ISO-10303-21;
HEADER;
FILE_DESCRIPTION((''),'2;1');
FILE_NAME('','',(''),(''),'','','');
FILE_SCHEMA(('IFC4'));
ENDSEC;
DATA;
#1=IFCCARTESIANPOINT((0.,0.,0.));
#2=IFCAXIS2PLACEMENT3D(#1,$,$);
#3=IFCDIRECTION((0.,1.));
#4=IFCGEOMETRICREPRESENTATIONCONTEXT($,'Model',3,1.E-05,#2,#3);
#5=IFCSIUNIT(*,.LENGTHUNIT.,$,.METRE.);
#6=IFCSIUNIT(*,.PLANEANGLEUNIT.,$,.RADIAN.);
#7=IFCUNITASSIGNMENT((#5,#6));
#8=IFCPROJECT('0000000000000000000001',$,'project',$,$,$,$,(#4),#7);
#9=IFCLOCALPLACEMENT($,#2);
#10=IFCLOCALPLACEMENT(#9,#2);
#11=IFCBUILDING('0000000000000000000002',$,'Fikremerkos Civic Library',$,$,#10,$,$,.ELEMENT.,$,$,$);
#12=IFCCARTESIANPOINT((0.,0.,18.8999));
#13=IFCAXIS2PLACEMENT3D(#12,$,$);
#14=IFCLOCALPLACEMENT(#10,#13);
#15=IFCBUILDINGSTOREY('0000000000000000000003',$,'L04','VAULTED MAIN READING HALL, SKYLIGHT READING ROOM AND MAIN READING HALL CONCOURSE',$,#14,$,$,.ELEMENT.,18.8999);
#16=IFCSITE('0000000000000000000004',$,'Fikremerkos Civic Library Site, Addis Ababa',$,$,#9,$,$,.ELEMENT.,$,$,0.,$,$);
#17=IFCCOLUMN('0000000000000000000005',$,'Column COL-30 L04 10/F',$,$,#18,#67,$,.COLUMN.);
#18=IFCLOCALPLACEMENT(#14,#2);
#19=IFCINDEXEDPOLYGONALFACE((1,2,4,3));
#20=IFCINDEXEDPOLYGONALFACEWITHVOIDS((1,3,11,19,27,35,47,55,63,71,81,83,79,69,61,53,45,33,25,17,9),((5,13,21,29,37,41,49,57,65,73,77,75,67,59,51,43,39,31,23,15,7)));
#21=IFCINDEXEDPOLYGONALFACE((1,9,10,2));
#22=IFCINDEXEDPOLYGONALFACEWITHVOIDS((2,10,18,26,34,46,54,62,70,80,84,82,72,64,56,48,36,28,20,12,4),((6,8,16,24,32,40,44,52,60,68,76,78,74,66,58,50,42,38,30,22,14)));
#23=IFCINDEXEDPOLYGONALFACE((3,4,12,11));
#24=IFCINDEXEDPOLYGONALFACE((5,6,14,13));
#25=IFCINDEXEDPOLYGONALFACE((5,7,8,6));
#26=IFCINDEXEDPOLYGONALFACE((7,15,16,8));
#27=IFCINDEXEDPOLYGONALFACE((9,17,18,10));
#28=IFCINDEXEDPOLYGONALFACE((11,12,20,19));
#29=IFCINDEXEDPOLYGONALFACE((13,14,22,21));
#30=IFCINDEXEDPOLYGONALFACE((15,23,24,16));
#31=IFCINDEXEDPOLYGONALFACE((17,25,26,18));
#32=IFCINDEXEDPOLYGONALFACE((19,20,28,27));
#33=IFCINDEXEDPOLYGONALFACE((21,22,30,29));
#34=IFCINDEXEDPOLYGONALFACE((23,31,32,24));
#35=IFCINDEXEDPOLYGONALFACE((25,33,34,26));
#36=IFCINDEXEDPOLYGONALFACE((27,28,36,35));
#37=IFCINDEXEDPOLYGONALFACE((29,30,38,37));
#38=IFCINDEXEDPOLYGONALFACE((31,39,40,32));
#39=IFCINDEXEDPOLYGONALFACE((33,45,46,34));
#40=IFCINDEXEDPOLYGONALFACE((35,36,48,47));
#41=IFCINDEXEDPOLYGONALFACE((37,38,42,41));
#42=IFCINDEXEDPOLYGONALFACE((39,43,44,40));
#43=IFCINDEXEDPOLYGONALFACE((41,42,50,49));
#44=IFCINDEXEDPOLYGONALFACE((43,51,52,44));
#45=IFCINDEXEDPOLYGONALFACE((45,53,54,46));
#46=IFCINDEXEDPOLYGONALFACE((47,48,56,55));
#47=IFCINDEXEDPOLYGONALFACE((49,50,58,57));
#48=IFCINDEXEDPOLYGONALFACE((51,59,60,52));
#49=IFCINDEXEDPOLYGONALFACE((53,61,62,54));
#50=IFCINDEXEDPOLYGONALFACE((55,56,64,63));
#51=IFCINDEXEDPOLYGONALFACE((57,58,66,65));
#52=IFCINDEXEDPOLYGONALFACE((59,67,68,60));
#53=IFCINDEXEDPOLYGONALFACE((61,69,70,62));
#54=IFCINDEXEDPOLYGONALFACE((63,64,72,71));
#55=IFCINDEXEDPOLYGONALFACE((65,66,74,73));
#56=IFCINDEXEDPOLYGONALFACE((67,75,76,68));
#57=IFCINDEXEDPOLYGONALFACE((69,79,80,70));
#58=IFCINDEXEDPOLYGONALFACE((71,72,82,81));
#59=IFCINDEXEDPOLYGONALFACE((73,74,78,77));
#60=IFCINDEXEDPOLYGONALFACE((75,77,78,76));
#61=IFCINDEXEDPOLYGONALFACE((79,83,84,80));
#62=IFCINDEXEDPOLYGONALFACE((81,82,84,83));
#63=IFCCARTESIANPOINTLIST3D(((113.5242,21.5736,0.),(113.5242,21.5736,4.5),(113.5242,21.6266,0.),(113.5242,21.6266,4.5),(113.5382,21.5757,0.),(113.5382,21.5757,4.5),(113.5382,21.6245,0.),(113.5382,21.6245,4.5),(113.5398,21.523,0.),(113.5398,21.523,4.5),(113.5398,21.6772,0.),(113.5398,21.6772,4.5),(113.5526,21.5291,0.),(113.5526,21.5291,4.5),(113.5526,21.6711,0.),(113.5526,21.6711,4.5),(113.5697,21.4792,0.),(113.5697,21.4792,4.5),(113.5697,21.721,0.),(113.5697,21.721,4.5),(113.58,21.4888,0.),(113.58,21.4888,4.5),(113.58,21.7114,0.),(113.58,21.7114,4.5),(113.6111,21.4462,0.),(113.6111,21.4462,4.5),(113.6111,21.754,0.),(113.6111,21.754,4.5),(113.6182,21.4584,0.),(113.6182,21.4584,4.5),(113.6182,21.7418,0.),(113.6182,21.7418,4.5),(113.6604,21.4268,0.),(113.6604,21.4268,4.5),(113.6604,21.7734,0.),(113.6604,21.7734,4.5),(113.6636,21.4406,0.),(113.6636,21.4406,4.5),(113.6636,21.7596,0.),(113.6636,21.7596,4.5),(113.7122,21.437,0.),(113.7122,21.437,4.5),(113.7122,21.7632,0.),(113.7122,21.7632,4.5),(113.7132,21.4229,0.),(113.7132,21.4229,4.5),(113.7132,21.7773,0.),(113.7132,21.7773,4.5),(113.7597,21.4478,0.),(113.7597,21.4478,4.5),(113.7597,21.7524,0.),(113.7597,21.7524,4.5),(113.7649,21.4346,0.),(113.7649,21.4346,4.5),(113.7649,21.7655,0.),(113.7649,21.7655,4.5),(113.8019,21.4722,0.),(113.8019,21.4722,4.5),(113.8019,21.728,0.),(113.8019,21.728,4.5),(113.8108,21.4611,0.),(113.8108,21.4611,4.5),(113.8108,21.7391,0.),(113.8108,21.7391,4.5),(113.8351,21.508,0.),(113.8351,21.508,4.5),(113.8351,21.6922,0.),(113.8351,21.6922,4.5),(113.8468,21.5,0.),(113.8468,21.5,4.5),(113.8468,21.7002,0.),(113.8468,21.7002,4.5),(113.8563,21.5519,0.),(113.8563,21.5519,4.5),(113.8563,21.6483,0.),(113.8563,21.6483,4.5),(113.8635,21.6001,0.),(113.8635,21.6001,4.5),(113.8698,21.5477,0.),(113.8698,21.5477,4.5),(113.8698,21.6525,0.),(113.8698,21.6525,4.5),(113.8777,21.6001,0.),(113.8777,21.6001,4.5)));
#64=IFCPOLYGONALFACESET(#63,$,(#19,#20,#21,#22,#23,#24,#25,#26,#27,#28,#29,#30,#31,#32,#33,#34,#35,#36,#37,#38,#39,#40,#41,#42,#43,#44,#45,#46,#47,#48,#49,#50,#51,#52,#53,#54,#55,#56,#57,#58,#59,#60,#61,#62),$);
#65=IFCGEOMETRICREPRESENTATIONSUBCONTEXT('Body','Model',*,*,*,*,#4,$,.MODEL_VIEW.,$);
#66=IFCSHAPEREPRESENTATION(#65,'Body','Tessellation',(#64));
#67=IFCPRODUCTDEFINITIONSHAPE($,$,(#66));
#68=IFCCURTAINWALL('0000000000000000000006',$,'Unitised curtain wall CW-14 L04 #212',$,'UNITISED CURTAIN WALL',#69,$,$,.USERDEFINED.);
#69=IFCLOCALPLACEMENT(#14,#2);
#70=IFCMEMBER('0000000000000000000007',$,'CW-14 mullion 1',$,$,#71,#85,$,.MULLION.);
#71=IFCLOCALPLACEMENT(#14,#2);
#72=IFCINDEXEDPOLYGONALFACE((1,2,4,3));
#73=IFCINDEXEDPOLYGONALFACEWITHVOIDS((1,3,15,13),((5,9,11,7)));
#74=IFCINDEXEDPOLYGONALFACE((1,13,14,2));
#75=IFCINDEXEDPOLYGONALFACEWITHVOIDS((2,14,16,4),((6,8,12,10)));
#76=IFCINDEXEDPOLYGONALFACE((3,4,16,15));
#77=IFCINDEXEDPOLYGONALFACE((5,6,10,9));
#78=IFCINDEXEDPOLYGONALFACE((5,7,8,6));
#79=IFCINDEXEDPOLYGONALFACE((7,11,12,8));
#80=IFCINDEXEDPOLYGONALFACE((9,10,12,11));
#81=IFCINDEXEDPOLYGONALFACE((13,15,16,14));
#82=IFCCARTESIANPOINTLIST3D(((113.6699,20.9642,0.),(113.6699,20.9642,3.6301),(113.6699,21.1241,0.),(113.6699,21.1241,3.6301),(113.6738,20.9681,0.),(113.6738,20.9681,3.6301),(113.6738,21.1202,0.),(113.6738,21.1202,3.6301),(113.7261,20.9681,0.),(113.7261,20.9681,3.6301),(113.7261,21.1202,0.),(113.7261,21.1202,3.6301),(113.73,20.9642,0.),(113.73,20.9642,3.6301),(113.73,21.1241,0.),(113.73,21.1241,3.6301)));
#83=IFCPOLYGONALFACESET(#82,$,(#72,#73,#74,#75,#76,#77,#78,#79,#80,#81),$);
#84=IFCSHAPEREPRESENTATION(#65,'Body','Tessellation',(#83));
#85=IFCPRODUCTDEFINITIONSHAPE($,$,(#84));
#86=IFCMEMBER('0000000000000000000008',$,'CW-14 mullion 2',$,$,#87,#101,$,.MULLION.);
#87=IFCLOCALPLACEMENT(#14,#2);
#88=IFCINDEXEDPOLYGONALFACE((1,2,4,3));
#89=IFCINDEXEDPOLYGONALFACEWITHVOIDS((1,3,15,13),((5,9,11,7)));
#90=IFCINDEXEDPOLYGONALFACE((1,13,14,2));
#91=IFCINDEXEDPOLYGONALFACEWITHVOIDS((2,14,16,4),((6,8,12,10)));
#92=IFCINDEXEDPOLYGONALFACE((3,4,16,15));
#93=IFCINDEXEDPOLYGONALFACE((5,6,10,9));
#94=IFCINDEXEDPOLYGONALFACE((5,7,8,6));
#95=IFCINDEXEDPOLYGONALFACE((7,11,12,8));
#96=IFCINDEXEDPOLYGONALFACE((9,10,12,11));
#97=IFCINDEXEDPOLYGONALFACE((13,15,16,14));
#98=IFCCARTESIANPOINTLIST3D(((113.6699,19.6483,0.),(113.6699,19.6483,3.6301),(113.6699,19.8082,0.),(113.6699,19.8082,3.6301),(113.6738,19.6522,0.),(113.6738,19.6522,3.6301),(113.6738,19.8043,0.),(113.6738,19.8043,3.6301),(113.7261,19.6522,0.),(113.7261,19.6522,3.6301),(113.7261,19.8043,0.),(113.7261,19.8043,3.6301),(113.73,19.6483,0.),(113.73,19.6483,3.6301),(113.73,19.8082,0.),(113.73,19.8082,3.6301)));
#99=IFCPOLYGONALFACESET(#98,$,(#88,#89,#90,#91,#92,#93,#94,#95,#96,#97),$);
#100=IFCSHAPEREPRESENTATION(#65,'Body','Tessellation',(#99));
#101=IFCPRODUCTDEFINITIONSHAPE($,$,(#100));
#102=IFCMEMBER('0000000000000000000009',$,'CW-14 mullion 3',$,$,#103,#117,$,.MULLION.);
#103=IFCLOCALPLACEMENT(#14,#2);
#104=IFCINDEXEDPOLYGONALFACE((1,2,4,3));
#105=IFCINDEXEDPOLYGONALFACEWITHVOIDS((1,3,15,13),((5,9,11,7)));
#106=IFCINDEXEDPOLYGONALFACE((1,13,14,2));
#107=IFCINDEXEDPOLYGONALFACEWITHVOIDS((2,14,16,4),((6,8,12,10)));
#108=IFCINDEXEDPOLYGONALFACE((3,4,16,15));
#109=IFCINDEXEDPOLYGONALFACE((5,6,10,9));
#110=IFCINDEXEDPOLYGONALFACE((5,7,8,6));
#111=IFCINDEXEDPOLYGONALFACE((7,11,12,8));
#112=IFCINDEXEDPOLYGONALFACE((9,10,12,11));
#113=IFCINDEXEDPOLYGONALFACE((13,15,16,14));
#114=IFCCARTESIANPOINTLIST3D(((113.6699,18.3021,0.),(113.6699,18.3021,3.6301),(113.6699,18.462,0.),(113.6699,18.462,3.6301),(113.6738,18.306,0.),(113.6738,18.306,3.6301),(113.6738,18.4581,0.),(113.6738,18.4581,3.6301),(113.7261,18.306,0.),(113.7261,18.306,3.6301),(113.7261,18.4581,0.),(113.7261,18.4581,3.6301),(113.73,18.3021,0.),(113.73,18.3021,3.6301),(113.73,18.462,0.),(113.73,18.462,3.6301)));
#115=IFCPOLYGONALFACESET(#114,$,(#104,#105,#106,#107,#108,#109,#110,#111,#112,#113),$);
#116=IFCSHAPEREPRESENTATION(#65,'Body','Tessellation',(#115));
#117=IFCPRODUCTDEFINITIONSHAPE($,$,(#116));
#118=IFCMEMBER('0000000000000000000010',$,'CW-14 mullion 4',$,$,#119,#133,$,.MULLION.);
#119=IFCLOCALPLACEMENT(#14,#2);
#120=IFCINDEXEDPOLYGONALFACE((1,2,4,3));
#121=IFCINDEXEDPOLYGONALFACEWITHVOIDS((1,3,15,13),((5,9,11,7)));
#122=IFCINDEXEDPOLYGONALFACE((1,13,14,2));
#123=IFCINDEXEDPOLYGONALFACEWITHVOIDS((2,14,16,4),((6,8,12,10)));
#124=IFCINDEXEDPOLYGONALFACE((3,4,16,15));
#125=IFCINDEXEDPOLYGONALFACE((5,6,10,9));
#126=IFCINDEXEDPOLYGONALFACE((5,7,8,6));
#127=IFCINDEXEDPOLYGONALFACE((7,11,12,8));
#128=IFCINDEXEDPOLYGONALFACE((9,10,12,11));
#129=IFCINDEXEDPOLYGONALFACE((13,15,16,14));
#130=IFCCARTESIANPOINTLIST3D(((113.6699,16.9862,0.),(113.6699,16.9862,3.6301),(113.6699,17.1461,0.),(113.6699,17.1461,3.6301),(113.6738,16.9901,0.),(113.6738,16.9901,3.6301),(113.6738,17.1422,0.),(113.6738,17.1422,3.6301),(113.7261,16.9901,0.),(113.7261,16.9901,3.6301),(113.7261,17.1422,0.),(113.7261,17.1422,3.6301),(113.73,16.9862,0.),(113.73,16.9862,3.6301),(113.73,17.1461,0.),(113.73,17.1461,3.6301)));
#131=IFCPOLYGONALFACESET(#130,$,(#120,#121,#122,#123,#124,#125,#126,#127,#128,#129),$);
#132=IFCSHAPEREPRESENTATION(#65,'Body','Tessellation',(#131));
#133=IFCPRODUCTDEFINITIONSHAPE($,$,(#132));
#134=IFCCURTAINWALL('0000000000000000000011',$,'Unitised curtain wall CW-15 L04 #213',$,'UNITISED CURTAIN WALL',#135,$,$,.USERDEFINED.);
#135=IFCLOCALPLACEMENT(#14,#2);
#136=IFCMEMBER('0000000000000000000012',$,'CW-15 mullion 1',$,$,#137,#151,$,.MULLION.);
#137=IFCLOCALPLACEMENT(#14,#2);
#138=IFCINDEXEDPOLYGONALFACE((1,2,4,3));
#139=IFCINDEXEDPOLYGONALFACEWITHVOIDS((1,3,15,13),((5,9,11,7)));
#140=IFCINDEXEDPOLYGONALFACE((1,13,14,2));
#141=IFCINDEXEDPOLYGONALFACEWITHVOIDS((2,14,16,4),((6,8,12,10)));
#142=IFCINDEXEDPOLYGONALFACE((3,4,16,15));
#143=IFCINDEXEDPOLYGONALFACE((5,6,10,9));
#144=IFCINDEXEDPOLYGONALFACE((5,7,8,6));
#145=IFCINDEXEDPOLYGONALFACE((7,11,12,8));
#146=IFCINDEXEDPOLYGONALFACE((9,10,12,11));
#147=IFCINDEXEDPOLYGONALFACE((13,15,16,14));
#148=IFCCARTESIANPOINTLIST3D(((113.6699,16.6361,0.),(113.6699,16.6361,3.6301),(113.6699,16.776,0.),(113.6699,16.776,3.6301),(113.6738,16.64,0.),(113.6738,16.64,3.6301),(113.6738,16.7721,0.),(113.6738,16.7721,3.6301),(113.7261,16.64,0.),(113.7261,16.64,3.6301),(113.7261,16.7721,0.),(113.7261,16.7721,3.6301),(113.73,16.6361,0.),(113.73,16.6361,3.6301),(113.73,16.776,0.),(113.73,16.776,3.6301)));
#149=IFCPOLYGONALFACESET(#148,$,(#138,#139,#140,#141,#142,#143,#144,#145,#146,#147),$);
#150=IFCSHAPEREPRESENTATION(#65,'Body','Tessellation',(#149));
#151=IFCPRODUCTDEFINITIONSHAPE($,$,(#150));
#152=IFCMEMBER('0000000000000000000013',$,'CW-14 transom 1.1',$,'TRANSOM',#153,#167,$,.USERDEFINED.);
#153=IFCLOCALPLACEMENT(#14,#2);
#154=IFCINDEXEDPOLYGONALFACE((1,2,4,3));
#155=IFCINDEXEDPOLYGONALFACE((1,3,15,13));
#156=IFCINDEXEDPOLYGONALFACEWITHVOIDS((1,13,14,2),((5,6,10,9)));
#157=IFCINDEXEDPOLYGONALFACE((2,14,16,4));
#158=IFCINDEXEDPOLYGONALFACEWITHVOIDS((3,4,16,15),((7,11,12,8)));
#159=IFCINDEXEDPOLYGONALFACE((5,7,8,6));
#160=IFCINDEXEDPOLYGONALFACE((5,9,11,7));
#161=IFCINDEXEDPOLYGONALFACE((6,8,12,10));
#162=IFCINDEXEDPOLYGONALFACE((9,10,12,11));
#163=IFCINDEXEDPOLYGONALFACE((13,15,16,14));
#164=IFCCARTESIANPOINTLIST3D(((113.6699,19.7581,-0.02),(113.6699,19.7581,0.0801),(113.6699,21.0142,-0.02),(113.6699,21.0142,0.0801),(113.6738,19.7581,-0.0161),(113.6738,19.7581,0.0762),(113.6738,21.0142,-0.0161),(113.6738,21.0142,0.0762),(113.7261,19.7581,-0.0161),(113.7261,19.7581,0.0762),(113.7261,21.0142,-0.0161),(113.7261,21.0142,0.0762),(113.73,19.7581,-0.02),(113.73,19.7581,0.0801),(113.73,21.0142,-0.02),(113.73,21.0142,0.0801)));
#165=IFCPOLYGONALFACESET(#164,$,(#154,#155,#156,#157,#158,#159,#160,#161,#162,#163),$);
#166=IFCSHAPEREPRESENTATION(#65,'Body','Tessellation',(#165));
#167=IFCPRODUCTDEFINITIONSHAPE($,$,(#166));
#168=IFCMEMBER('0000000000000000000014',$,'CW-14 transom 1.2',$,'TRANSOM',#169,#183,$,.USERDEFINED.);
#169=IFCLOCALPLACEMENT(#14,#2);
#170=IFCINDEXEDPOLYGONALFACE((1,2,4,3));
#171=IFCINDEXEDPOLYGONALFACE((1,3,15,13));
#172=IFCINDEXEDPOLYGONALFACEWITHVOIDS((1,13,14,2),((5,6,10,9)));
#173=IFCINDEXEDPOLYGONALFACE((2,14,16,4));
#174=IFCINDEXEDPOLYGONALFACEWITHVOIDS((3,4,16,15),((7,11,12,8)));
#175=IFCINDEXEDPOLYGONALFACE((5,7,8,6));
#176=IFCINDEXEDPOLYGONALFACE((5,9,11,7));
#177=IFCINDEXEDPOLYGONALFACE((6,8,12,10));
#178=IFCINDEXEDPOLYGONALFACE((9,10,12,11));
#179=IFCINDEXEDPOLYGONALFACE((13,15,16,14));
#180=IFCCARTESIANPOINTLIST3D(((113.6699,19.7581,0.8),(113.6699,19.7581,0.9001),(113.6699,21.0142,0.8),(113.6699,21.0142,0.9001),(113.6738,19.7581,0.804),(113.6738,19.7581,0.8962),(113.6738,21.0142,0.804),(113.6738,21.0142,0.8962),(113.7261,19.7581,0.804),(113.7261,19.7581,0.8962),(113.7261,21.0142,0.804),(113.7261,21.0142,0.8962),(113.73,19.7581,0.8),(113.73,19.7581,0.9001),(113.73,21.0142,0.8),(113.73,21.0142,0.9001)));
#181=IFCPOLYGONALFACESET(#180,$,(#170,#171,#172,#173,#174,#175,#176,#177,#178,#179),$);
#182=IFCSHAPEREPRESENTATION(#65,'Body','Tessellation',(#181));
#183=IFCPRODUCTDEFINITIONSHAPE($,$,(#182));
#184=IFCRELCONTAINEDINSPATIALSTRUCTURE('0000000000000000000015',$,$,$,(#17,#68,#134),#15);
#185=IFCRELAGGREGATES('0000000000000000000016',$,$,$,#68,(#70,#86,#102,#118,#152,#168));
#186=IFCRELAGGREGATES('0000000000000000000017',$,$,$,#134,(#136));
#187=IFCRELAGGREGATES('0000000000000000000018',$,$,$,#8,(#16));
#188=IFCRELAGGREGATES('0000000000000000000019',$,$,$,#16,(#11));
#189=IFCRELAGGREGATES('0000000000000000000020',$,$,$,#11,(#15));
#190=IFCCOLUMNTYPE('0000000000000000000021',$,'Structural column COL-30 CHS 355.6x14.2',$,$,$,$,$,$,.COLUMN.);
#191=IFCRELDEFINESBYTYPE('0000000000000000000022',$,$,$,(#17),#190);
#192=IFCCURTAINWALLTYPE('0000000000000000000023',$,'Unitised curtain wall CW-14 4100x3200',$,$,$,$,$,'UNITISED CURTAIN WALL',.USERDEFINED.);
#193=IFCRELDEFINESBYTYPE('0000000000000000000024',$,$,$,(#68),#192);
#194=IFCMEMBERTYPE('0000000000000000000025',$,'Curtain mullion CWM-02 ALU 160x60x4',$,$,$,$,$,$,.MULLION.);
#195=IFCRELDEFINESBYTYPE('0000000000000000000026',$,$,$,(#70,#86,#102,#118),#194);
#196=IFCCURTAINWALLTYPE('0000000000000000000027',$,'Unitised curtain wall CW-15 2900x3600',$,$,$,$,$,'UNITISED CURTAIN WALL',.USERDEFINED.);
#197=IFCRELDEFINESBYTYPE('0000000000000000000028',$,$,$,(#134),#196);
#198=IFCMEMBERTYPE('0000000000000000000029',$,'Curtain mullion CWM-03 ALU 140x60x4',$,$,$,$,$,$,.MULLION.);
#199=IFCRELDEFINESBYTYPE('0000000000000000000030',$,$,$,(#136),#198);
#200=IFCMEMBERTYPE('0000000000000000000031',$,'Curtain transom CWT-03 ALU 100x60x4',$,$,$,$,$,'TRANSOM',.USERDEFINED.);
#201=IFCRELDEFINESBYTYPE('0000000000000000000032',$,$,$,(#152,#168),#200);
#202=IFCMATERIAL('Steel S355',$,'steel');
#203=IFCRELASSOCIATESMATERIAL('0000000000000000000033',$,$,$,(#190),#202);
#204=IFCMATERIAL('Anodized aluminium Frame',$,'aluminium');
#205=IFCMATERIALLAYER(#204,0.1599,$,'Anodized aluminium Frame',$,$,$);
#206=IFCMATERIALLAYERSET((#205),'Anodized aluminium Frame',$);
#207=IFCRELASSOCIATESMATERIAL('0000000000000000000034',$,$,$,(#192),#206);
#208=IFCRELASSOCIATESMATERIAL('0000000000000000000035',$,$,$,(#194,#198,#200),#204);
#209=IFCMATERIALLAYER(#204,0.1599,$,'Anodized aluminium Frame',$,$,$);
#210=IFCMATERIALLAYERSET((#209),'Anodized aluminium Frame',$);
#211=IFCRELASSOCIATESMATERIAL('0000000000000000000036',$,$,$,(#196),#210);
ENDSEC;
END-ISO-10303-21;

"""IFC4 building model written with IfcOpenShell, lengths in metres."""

from ifc_helpers import new_model, si_unit, direction, frame, origin, origin_2d, place, context, subcontext, project, spatial, hollow_rectangle, hollow_circle, extrude, material, layer, layer_set, material_profile, profile_set, type_object, element, aggregate, save


model = new_model("IFC4")

# Units and contexts
model_context = context("Model", 3, precision=1e-05, world=origin(), true_north=direction((0.0, 1.0)))
body_context = subcontext(model_context, "Body", "Model", "MODEL_VIEW")
ifc_project = project(units=[si_unit("LENGTHUNIT", "METRE"), si_unit("PLANEANGLEUNIT", "RADIAN")], contexts=[model_context])

# Site, building, storey
site_placement = place(None, origin())
site = spatial("IfcSite", under=ifc_project, at=site_placement, Name="Fikremerkos Civic Library Site, Addis Ababa", CompositionType="ELEMENT", RefElevation=0.0)
building_placement = place(site_placement, origin())
building = spatial("IfcBuilding", under=site, at=building_placement, Name="Fikremerkos Civic Library", CompositionType="ELEMENT")
storey_placement = place(building_placement, frame((0.0, 0.0, 18.8999)))
storey = spatial("IfcBuildingStorey", under=building, at=storey_placement, Name="L04", Description="VAULTED MAIN READING HALL, SKYLIGHT READING ROOM AND MAIN READING HALL CONCOURSE", CompositionType="ELEMENT", Elevation=18.8999)

# Column
ifc_material_1 = material(Name="Steel S355", Category="steel")
ifc_material_profile_1 = material_profile(ifc_material_1, hollow_circle(Radius=0.1777, WallThickness=0.0142, at=origin_2d()), Name="CHS 355.6x14.2")
ifc_profile_set_1 = profile_set([ifc_material_profile_1], Name="Steel S355")
column_type = type_object("IfcColumnType", Name="Structural column COL-30 CHS 355.6x14.2", PredefinedType="COLUMN", material=ifc_profile_set_1)
column_placement = place(storey_placement, frame((113.7, 21.6001, 0.0), z_axis=(0.0, 0.0, 1.0), x_axis=(1.0, 0.0, 0.0)))
element("IfcColumn", 1, at=column_placement, inside=storey, type_object=column_type, Name="Column COL-30 L04 10/F", PredefinedType="COLUMN", context=body_context, shape_type="SweptSolid", body=[
    extrude(hollow_circle(Radius=0.1777, WallThickness=0.0142, at=origin_2d()), origin(), (0.0, 0.0, 1.0), 4.5),
])

# Curtain wall, members
ifc_material_2 = material(Name="Anodized aluminium Frame", Category="aluminium")
ifc_layer_1 = layer(ifc_material_2, 0.1599, Name="Anodized aluminium Frame")
ifc_layer_set_1 = layer_set([ifc_layer_1], Name="Anodized aluminium Frame")
curtain_wall_type_1 = type_object("IfcCurtainWallType", Name="Unitised curtain wall CW-14 4100x3200", ElementType="UNITISED CURTAIN WALL", PredefinedType="USERDEFINED", material=ifc_layer_set_1)
curtain_wall_1_placement = place(storey_placement, origin())
curtain_wall_1 = element("IfcCurtainWall", 2, at=curtain_wall_1_placement, inside=storey, type_object=curtain_wall_type_1, Name="Unitised curtain wall CW-14 L04 #212", ObjectType="UNITISED CURTAIN WALL", PredefinedType="USERDEFINED")
ifc_material_profile_2 = material_profile(ifc_material_2, hollow_rectangle(XDim=0.0601, YDim=0.1599, WallThickness=0.0039, at=origin_2d()), Name="ALU 160x60x4")
ifc_profile_set_2 = profile_set([ifc_material_profile_2], Name="Anodized aluminium Frame")
member_type_1 = type_object("IfcMemberType", Name="Curtain mullion CWM-02 ALU 160x60x4", PredefinedType="MULLION", material=ifc_profile_set_2)
member_1_placement = place(storey_placement, frame((113.7, 21.0442, 0.0), z_axis=(0.0, 0.0, 1.0), x_axis=(1.0, 0.0, 0.0)))
member_1 = element("IfcMember", 3, at=member_1_placement, type_object=member_type_1, Name="CW-14 mullion 1", PredefinedType="MULLION", context=body_context, shape_type="SweptSolid", body=[
    extrude(hollow_rectangle(XDim=0.0601, YDim=0.1599, WallThickness=0.0039, at=origin_2d()), origin(), (0.0, 0.0, 1.0), 3.6301),
])
member_2_placement = place(storey_placement, frame((113.7, 19.7283, 0.0), z_axis=(0.0, 0.0, 1.0), x_axis=(1.0, 0.0, 0.0)))
member_2 = element("IfcMember", 4, at=member_2_placement, type_object=member_type_1, Name="CW-14 mullion 2", PredefinedType="MULLION", context=body_context, shape_type="SweptSolid", body=[
    extrude(hollow_rectangle(XDim=0.0601, YDim=0.1599, WallThickness=0.0039, at=origin_2d()), origin(), (0.0, 0.0, 1.0), 3.6301),
])
member_3_placement = place(storey_placement, frame((113.7, 18.3821, 0.0), z_axis=(0.0, 0.0, 1.0), x_axis=(1.0, 0.0, 0.0)))
member_3 = element("IfcMember", 5, at=member_3_placement, type_object=member_type_1, Name="CW-14 mullion 3", PredefinedType="MULLION", context=body_context, shape_type="SweptSolid", body=[
    extrude(hollow_rectangle(XDim=0.0601, YDim=0.1599, WallThickness=0.0039, at=origin_2d()), origin(), (0.0, 0.0, 1.0), 3.6301),
])
member_4_placement = place(storey_placement, frame((113.7, 17.0662, 0.0), z_axis=(0.0, 0.0, 1.0), x_axis=(1.0, 0.0, 0.0)))
member_4 = element("IfcMember", 6, at=member_4_placement, type_object=member_type_1, Name="CW-14 mullion 4", PredefinedType="MULLION", context=body_context, shape_type="SweptSolid", body=[
    extrude(hollow_rectangle(XDim=0.0601, YDim=0.1599, WallThickness=0.0039, at=origin_2d()), origin(), (0.0, 0.0, 1.0), 3.6301),
])

# Curtain wall, member
ifc_layer_2 = layer(ifc_material_2, 0.1599, Name="Anodized aluminium Frame")
ifc_layer_set_2 = layer_set([ifc_layer_2], Name="Anodized aluminium Frame")
curtain_wall_type_2 = type_object("IfcCurtainWallType", Name="Unitised curtain wall CW-15 2900x3600", ElementType="UNITISED CURTAIN WALL", PredefinedType="USERDEFINED", material=ifc_layer_set_2)
curtain_wall_2_placement = place(storey_placement, origin())
curtain_wall_2 = element("IfcCurtainWall", 7, at=curtain_wall_2_placement, inside=storey, type_object=curtain_wall_type_2, Name="Unitised curtain wall CW-15 L04 #213", ObjectType="UNITISED CURTAIN WALL", PredefinedType="USERDEFINED")
ifc_material_profile_3 = material_profile(ifc_material_2, hollow_rectangle(XDim=0.0601, YDim=0.1399, WallThickness=0.0039, at=origin_2d()), Name="ALU 140x60x4")
ifc_profile_set_3 = profile_set([ifc_material_profile_3], Name="Anodized aluminium Frame")
member_type_2 = type_object("IfcMemberType", Name="Curtain mullion CWM-03 ALU 140x60x4", PredefinedType="MULLION", material=ifc_profile_set_3)
member_5_placement = place(storey_placement, frame((113.7, 16.7061, 0.0), z_axis=(0.0, 0.0, 1.0), x_axis=(1.0, 0.0, 0.0)))
member_5 = element("IfcMember", 8, at=member_5_placement, type_object=member_type_2, Name="CW-15 mullion 1", PredefinedType="MULLION", context=body_context, shape_type="SweptSolid", body=[
    extrude(hollow_rectangle(XDim=0.0601, YDim=0.1399, WallThickness=0.0039, at=origin_2d()), origin(), (0.0, 0.0, 1.0), 3.6301),
])

# Members
ifc_material_profile_4 = material_profile(ifc_material_2, hollow_rectangle(XDim=0.0601, YDim=0.1001, WallThickness=0.0039, at=origin_2d()), Name="ALU 100x60x4")
ifc_profile_set_4 = profile_set([ifc_material_profile_4], Name="Anodized aluminium Frame")
member_type_3 = type_object("IfcMemberType", Name="Curtain transom CWT-03 ALU 100x60x4", ElementType="TRANSOM", PredefinedType="USERDEFINED", material=ifc_profile_set_4)
member_6_placement = place(storey_placement, frame((113.7, 21.0142, 0.03), z_axis=(0.0, -1.0, 0.0), x_axis=(1.0, 0.0, 0.0)))
member_6 = element("IfcMember", 9, at=member_6_placement, type_object=member_type_3, Name="CW-14 transom 1.1", ObjectType="TRANSOM", PredefinedType="USERDEFINED", context=body_context, shape_type="SweptSolid", body=[
    extrude(hollow_rectangle(XDim=0.0601, YDim=0.1001, WallThickness=0.0039, at=origin_2d()), origin(), (0.0, 0.0, 1.0), 1.2561),
])
member_7_placement = place(storey_placement, frame((113.7, 21.0142, 0.8501), z_axis=(0.0, -1.0, 0.0), x_axis=(1.0, 0.0, 0.0)))
member_7 = element("IfcMember", 10, at=member_7_placement, type_object=member_type_3, Name="CW-14 transom 1.2", ObjectType="TRANSOM", PredefinedType="USERDEFINED", context=body_context, shape_type="SweptSolid", body=[
    extrude(hollow_rectangle(XDim=0.0601, YDim=0.1001, WallThickness=0.0039, at=origin_2d()), origin(), (0.0, 0.0, 1.0), 1.2561),
])

aggregate(curtain_wall_1, [member_1, member_2, member_3, member_4, member_6, member_7])
aggregate(curtain_wall_2, [member_5])

save(model, "model.ifc")
